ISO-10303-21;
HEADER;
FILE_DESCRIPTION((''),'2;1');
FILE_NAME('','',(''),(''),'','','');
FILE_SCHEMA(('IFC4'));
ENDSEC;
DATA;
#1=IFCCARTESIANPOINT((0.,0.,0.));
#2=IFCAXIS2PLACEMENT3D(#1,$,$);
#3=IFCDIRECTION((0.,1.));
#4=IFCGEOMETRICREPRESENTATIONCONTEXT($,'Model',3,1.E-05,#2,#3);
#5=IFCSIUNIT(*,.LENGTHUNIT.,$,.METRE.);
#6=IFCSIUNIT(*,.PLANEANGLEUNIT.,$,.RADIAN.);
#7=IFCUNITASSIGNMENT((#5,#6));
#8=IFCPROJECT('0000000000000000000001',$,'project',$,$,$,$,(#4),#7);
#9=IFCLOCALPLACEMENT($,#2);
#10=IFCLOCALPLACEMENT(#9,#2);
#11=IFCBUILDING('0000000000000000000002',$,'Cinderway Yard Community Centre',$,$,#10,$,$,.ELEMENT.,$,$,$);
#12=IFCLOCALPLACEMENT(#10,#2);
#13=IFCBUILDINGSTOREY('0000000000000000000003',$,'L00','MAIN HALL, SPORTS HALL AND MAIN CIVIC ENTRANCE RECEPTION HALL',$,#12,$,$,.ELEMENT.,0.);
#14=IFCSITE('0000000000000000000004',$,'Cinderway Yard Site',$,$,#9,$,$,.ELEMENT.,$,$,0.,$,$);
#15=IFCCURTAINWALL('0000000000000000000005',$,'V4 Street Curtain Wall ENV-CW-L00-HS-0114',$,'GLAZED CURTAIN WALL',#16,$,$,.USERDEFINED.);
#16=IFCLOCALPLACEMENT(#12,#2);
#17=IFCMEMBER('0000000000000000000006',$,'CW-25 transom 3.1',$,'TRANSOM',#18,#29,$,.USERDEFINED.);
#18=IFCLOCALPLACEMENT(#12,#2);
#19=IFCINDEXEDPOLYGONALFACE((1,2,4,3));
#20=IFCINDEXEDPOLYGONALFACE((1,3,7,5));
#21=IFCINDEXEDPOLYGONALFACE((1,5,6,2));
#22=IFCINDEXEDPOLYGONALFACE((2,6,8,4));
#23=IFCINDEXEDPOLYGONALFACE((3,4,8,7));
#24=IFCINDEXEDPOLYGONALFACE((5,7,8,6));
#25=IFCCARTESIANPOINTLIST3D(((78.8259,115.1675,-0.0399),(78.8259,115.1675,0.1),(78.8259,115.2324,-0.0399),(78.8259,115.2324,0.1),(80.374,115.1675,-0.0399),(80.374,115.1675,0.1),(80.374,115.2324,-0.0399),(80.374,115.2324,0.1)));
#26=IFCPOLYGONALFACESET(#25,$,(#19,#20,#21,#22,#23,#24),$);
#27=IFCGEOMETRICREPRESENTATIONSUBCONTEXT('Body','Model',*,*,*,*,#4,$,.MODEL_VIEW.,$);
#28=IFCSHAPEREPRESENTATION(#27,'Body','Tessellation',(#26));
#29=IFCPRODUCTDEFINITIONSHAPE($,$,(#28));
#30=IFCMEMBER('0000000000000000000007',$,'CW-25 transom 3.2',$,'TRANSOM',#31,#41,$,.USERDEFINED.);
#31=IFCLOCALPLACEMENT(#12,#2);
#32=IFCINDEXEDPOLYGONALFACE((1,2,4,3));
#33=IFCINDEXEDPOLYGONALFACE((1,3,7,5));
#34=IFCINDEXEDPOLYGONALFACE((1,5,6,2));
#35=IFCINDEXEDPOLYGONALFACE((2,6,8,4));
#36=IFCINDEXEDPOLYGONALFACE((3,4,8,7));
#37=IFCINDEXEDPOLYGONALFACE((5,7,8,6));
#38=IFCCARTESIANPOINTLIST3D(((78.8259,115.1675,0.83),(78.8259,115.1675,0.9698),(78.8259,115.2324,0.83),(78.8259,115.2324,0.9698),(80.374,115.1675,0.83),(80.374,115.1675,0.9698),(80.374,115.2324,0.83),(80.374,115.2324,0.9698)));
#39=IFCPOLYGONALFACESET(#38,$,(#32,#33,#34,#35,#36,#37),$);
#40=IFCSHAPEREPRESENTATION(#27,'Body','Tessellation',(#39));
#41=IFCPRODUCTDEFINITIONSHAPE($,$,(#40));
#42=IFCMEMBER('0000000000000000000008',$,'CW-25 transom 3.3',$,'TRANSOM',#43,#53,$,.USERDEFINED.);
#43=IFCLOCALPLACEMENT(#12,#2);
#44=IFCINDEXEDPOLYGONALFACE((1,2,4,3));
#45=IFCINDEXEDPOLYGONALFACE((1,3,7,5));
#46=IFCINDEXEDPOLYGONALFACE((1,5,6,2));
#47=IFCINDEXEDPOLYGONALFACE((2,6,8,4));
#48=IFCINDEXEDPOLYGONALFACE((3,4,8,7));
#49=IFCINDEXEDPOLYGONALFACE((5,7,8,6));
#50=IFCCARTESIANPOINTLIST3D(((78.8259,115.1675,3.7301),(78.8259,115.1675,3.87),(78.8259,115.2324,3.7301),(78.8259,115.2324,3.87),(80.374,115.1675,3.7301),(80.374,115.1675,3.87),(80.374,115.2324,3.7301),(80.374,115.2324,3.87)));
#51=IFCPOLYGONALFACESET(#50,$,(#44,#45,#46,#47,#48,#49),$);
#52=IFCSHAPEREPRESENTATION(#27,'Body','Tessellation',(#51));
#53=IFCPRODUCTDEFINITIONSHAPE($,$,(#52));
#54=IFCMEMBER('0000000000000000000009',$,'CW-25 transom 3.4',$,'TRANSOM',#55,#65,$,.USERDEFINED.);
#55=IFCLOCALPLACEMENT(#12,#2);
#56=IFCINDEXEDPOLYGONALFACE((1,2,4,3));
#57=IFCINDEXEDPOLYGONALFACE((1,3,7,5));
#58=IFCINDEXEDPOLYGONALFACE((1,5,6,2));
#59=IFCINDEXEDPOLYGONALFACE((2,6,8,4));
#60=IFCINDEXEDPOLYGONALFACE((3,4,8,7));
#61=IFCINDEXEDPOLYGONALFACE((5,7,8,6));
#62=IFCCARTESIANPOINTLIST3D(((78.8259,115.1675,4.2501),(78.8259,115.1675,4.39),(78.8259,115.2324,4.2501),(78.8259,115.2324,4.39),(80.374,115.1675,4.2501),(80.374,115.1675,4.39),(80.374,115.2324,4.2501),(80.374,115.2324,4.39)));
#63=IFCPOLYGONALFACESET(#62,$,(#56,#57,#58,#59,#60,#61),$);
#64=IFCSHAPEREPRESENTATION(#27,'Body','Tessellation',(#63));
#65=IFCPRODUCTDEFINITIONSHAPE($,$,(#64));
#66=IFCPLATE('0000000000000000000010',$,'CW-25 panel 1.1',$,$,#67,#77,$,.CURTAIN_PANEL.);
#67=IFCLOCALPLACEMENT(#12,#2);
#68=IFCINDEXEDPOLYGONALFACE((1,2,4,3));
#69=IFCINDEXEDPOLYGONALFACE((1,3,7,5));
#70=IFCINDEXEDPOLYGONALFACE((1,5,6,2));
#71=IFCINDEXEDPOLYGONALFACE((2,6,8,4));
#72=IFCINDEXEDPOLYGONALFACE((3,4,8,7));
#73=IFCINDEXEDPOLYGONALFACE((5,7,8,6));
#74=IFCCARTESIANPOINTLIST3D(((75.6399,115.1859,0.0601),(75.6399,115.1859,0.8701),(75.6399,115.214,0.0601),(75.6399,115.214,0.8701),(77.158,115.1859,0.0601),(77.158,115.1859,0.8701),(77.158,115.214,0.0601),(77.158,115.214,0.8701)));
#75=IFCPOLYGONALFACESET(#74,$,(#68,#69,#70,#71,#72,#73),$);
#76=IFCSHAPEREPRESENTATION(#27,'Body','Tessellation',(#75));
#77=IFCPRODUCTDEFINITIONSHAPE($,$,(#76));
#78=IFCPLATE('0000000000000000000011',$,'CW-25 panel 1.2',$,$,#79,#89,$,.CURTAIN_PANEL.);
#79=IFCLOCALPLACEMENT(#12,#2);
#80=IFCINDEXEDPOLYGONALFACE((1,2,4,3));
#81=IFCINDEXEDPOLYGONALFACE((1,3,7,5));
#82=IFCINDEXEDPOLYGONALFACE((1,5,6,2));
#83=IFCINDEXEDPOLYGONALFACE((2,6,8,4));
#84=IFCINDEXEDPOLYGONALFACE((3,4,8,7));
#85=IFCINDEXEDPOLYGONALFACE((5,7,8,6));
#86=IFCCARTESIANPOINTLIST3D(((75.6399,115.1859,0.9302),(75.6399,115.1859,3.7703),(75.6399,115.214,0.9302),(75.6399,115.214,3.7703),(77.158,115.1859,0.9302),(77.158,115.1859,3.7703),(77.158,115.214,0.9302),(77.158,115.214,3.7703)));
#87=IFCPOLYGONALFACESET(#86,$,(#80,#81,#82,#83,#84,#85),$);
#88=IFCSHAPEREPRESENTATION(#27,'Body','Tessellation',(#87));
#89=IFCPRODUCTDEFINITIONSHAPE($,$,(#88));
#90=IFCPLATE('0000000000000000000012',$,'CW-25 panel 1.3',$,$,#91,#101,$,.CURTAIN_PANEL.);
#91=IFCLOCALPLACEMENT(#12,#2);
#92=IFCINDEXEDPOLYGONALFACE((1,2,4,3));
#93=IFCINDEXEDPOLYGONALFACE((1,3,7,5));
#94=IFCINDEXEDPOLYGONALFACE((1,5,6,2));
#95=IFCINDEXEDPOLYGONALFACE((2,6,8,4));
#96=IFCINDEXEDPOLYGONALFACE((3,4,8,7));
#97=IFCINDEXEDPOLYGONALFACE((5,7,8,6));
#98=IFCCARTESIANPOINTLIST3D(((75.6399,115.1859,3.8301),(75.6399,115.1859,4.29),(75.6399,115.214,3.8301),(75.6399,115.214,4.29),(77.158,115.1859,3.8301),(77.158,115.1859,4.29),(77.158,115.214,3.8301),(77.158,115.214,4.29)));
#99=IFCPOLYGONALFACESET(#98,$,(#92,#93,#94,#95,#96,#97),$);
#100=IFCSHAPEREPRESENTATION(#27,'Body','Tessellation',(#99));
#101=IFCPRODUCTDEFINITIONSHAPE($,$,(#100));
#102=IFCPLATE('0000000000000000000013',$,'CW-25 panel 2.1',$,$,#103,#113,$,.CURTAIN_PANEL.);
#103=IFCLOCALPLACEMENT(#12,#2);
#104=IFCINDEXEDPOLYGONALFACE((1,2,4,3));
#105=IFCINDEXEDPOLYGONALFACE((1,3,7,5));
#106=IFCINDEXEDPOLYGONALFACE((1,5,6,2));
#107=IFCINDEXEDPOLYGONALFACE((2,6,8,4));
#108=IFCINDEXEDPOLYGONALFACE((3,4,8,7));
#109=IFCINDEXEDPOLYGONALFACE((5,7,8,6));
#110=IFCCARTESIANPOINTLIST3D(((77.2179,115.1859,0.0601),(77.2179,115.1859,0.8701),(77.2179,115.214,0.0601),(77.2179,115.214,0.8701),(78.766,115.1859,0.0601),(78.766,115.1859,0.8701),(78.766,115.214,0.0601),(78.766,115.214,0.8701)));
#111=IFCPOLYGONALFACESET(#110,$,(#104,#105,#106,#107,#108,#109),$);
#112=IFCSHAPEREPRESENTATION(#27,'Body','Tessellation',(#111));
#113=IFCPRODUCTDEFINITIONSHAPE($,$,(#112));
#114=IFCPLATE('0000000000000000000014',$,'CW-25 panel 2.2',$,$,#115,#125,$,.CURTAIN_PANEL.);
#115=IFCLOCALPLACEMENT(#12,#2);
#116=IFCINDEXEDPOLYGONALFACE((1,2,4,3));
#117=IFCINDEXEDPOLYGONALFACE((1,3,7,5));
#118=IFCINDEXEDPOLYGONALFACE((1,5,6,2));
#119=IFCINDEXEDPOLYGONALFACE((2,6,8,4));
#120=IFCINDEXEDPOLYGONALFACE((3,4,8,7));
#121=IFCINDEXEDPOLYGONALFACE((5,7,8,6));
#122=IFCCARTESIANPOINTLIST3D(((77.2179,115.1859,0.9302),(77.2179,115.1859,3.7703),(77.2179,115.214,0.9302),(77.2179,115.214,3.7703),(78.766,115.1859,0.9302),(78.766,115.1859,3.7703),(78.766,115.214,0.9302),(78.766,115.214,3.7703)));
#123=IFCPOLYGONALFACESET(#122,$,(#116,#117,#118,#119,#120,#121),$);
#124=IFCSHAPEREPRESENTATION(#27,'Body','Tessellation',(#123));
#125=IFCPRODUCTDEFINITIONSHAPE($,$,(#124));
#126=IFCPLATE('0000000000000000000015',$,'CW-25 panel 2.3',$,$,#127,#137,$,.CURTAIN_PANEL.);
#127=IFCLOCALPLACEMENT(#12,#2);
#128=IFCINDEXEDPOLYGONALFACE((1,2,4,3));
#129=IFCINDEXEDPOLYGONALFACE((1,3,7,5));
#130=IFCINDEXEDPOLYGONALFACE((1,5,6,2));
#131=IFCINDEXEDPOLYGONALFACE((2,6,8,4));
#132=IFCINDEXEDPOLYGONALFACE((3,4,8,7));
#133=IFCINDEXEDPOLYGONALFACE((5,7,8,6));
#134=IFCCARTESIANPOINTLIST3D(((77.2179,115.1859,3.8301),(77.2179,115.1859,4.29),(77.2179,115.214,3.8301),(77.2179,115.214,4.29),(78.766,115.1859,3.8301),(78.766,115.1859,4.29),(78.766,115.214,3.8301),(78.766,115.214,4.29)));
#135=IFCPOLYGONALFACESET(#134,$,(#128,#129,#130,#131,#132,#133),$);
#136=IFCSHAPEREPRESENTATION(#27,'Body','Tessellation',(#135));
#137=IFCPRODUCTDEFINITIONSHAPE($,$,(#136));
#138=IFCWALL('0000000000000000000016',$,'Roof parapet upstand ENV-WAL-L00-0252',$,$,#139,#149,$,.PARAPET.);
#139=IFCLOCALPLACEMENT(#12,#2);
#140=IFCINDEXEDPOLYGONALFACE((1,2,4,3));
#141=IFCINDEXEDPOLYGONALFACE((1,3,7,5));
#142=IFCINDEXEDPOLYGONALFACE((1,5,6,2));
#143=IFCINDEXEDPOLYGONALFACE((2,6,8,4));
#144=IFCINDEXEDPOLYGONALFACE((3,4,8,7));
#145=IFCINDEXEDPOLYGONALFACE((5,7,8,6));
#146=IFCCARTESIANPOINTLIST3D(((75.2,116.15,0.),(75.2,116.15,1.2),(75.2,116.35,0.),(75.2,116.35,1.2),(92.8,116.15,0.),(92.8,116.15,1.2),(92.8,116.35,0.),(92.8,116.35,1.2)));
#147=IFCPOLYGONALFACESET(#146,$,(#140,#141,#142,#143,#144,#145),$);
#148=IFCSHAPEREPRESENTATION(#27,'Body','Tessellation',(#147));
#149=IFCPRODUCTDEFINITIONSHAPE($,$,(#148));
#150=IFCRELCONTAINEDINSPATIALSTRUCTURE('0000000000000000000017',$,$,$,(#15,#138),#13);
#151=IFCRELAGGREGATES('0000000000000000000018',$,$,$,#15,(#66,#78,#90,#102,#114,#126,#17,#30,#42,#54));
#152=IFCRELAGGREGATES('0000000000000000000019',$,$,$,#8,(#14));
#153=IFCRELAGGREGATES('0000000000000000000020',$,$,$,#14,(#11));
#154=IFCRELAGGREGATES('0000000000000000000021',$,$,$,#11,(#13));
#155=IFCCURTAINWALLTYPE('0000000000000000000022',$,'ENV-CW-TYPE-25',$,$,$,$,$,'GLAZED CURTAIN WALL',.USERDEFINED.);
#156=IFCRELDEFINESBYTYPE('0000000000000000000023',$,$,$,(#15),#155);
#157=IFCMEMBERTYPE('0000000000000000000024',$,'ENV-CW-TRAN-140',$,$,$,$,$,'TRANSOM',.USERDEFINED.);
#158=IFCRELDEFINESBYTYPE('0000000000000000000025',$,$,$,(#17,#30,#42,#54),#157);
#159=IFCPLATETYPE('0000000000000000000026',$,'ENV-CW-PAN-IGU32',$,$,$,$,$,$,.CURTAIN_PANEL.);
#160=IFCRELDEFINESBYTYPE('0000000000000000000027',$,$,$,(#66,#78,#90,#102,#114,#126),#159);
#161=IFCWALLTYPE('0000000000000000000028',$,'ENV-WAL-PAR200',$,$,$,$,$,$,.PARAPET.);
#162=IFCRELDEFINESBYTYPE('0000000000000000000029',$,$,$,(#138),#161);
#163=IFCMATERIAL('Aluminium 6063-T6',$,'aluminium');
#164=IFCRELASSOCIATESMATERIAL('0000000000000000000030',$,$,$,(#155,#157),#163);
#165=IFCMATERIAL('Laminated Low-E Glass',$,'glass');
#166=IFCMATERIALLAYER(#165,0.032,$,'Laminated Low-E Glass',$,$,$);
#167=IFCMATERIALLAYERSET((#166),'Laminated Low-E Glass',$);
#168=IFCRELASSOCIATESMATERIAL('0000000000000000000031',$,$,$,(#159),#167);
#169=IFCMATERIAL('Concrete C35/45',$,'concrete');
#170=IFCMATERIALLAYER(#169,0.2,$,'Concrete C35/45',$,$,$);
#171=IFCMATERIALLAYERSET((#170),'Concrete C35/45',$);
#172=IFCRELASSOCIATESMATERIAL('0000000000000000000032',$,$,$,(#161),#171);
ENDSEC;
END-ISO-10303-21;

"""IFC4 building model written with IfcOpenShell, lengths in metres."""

from ifc_helpers import new_model, si_unit, direction, frame, frame_2d, origin, origin_2d, place, context, subcontext, project, spatial, rectangle, extrude, material, layer, layer_set, material_profile, profile_set, type_object, element, aggregate, save


model = new_model("IFC4")

# Units and contexts
model_context = context("Model", 3, precision=1e-05, world=origin(), true_north=direction((0.0, 1.0)))
body_context = subcontext(model_context, "Body", "Model", "MODEL_VIEW")
ifc_project = project(units=[si_unit("LENGTHUNIT", "METRE"), si_unit("PLANEANGLEUNIT", "RADIAN")], contexts=[model_context])

# Site, building, storey
site_placement = place(None, origin())
site = spatial("IfcSite", under=ifc_project, at=site_placement, Name="Cinderway Yard Site", CompositionType="ELEMENT", RefElevation=0.0)
building_placement = place(site_placement, origin())
building = spatial("IfcBuilding", under=site, at=building_placement, Name="Cinderway Yard Community Centre", CompositionType="ELEMENT")
storey_placement = place(building_placement, origin())
storey = spatial("IfcBuildingStorey", under=building, at=storey_placement, Name="L00", Description="MAIN HALL, SPORTS HALL AND MAIN CIVIC ENTRANCE RECEPTION HALL", CompositionType="ELEMENT", Elevation=0.0)

# Curtain wall, members, plates
ifc_material_1 = material(Name="Aluminium 6063-T6", Category="aluminium")
curtain_wall_type = type_object("IfcCurtainWallType", Name="ENV-CW-TYPE-25", ElementType="GLAZED CURTAIN WALL", PredefinedType="USERDEFINED", material=ifc_material_1)
curtain_wall_placement = place(storey_placement, origin())
curtain_wall = element("IfcCurtainWall", 1, at=curtain_wall_placement, inside=storey, type_object=curtain_wall_type, Name="V4 Street Curtain Wall ENV-CW-L00-HS-0114", ObjectType="GLAZED CURTAIN WALL", PredefinedType="USERDEFINED")
ifc_material_profile_1 = material_profile(ifc_material_1, rectangle(XDim=0.0649, YDim=0.1399, at=origin_2d()), Name="Aluminium 6063-T6")
ifc_profile_set_1 = profile_set([ifc_material_profile_1], Name="Aluminium 6063-T6")
member_type_1 = type_object("IfcMemberType", Name="ENV-CW-TRAN-140", ElementType="TRANSOM", PredefinedType="USERDEFINED", material=ifc_profile_set_1)
member_1_placement = place(storey_placement, frame((78.8259, 115.2, 0.03), z_axis=(1.0, 0.0, 0.0), x_axis=(0.0, 1.0, 0.0)))
member_1 = element("IfcMember", 2, at=member_1_placement, type_object=member_type_1, Name="CW-25 transom 3.1", ObjectType="TRANSOM", PredefinedType="USERDEFINED", context=body_context, shape_type="SweptSolid", body=[
    extrude(rectangle(XDim=0.0649, YDim=0.1399, at=origin_2d()), origin(), (0.0, 0.0, 1.0), 1.5481),
])
member_2_placement = place(storey_placement, frame((78.8259, 115.2, 0.8999), z_axis=(1.0, 0.0, 0.0), x_axis=(0.0, 1.0, 0.0)))
member_2 = element("IfcMember", 3, at=member_2_placement, type_object=member_type_1, Name="CW-25 transom 3.2", ObjectType="TRANSOM", PredefinedType="USERDEFINED", context=body_context, shape_type="SweptSolid", body=[
    extrude(rectangle(XDim=0.0649, YDim=0.1399, at=origin_2d()), origin(), (0.0, 0.0, 1.0), 1.5481),
])
member_3_placement = place(storey_placement, frame((78.8259, 115.2, 3.8), z_axis=(1.0, 0.0, 0.0), x_axis=(0.0, 1.0, 0.0)))
member_3 = element("IfcMember", 4, at=member_3_placement, type_object=member_type_1, Name="CW-25 transom 3.3", ObjectType="TRANSOM", PredefinedType="USERDEFINED", context=body_context, shape_type="SweptSolid", body=[
    extrude(rectangle(XDim=0.0649, YDim=0.1399, at=origin_2d()), origin(), (0.0, 0.0, 1.0), 1.5481),
])
member_4_placement = place(storey_placement, frame((78.8259, 115.2, 4.3201), z_axis=(1.0, 0.0, 0.0), x_axis=(0.0, 1.0, 0.0)))
member_4 = element("IfcMember", 5, at=member_4_placement, type_object=member_type_1, Name="CW-25 transom 3.4", ObjectType="TRANSOM", PredefinedType="USERDEFINED", context=body_context, shape_type="SweptSolid", body=[
    extrude(rectangle(XDim=0.0649, YDim=0.1399, at=origin_2d()), origin(), (0.0, 0.0, 1.0), 1.5481),
])
ifc_material_2 = material(Name="Laminated Low-E Glass", Category="glass")
ifc_layer_1 = layer(ifc_material_2, 0.032, Name="Laminated Low-E Glass")
ifc_layer_set_1 = layer_set([ifc_layer_1], Name="Laminated Low-E Glass")
plate_type = type_object("IfcPlateType", Name="ENV-CW-PAN-IGU32", PredefinedType="CURTAIN_PANEL", material=ifc_layer_set_1)
plate_1_placement = place(storey_placement, frame((76.3989, 115.2, 0.0601), z_axis=(0.0, 0.0, 1.0), x_axis=(1.0, 0.0, 0.0)))
plate_1 = element("IfcPlate", 6, at=plate_1_placement, type_object=plate_type, Name="CW-25 panel 1.1", PredefinedType="CURTAIN_PANEL", context=body_context, shape_type="SweptSolid", body=[
    extrude(rectangle(XDim=1.5181, YDim=0.0281, at=origin_2d()), origin(), (0.0, 0.0, 1.0), 0.8101),
])
plate_2_placement = place(storey_placement, frame((76.3989, 115.2, 0.9302), z_axis=(0.0, 0.0, 1.0), x_axis=(1.0, 0.0, 0.0)))
plate_2 = element("IfcPlate", 7, at=plate_2_placement, type_object=plate_type, Name="CW-25 panel 1.2", PredefinedType="CURTAIN_PANEL", context=body_context, shape_type="SweptSolid", body=[
    extrude(rectangle(XDim=1.5181, YDim=0.0281, at=origin_2d()), origin(), (0.0, 0.0, 1.0), 2.8401),
])
plate_3_placement = place(storey_placement, frame((76.3989, 115.2, 3.8301), z_axis=(0.0, 0.0, 1.0), x_axis=(1.0, 0.0, 0.0)))
plate_3 = element("IfcPlate", 8, at=plate_3_placement, type_object=plate_type, Name="CW-25 panel 1.3", PredefinedType="CURTAIN_PANEL", context=body_context, shape_type="SweptSolid", body=[
    extrude(rectangle(XDim=1.5181, YDim=0.0281, at=origin_2d()), origin(), (0.0, 0.0, 1.0), 0.46),
])
plate_4_placement = place(storey_placement, frame((77.9919, 115.2, 0.0601), z_axis=(0.0, 0.0, 1.0), x_axis=(1.0, 0.0, 0.0)))
plate_4 = element("IfcPlate", 9, at=plate_4_placement, type_object=plate_type, Name="CW-25 panel 2.1", PredefinedType="CURTAIN_PANEL", context=body_context, shape_type="SweptSolid", body=[
    extrude(rectangle(XDim=1.5481, YDim=0.0281, at=origin_2d()), origin(), (0.0, 0.0, 1.0), 0.8101),
])
plate_5_placement = place(storey_placement, frame((77.9919, 115.2, 0.9302), z_axis=(0.0, 0.0, 1.0), x_axis=(1.0, 0.0, 0.0)))
plate_5 = element("IfcPlate", 10, at=plate_5_placement, type_object=plate_type, Name="CW-25 panel 2.2", PredefinedType="CURTAIN_PANEL", context=body_context, shape_type="SweptSolid", body=[
    extrude(rectangle(XDim=1.5481, YDim=0.0281, at=origin_2d()), origin(), (0.0, 0.0, 1.0), 2.8401),
])
plate_6_placement = place(storey_placement, frame((77.9919, 115.2, 3.8301), z_axis=(0.0, 0.0, 1.0), x_axis=(1.0, 0.0, 0.0)))
plate_6 = element("IfcPlate", 11, at=plate_6_placement, type_object=plate_type, Name="CW-25 panel 2.3", PredefinedType="CURTAIN_PANEL", context=body_context, shape_type="SweptSolid", body=[
    extrude(rectangle(XDim=1.5481, YDim=0.0281, at=origin_2d()), origin(), (0.0, 0.0, 1.0), 0.46),
])
aggregate(curtain_wall, [plate_1, plate_2, plate_3, plate_4, plate_5, plate_6, member_1, member_2, member_3, member_4])

# Wall
ifc_material_3 = material(Name="Concrete C35/45", Category="concrete")
ifc_layer_2 = layer(ifc_material_3, 0.2, Name="Concrete C35/45")
ifc_layer_set_2 = layer_set([ifc_layer_2], Name="Concrete C35/45")
wall_type = type_object("IfcWallType", Name="ENV-WAL-PAR200", PredefinedType="PARAPET", material=ifc_layer_set_2)
wall_placement = place(storey_placement, frame((75.2, 116.25, 0.0), z_axis=(0.0, 0.0, 1.0), x_axis=(1.0, 0.0, 0.0)))
element("IfcWall", 12, at=wall_placement, inside=storey, type_object=wall_type, Name="Roof parapet upstand ENV-WAL-L00-0252", PredefinedType="PARAPET", context=body_context, shape_type="SweptSolid", body=[
    extrude(rectangle(XDim=17.6001, YDim=0.2, at=frame_2d((8.8, 0.0))), origin(), (0.0, 0.0, 1.0), 1.2),
])

save(model, "model.ifc")
